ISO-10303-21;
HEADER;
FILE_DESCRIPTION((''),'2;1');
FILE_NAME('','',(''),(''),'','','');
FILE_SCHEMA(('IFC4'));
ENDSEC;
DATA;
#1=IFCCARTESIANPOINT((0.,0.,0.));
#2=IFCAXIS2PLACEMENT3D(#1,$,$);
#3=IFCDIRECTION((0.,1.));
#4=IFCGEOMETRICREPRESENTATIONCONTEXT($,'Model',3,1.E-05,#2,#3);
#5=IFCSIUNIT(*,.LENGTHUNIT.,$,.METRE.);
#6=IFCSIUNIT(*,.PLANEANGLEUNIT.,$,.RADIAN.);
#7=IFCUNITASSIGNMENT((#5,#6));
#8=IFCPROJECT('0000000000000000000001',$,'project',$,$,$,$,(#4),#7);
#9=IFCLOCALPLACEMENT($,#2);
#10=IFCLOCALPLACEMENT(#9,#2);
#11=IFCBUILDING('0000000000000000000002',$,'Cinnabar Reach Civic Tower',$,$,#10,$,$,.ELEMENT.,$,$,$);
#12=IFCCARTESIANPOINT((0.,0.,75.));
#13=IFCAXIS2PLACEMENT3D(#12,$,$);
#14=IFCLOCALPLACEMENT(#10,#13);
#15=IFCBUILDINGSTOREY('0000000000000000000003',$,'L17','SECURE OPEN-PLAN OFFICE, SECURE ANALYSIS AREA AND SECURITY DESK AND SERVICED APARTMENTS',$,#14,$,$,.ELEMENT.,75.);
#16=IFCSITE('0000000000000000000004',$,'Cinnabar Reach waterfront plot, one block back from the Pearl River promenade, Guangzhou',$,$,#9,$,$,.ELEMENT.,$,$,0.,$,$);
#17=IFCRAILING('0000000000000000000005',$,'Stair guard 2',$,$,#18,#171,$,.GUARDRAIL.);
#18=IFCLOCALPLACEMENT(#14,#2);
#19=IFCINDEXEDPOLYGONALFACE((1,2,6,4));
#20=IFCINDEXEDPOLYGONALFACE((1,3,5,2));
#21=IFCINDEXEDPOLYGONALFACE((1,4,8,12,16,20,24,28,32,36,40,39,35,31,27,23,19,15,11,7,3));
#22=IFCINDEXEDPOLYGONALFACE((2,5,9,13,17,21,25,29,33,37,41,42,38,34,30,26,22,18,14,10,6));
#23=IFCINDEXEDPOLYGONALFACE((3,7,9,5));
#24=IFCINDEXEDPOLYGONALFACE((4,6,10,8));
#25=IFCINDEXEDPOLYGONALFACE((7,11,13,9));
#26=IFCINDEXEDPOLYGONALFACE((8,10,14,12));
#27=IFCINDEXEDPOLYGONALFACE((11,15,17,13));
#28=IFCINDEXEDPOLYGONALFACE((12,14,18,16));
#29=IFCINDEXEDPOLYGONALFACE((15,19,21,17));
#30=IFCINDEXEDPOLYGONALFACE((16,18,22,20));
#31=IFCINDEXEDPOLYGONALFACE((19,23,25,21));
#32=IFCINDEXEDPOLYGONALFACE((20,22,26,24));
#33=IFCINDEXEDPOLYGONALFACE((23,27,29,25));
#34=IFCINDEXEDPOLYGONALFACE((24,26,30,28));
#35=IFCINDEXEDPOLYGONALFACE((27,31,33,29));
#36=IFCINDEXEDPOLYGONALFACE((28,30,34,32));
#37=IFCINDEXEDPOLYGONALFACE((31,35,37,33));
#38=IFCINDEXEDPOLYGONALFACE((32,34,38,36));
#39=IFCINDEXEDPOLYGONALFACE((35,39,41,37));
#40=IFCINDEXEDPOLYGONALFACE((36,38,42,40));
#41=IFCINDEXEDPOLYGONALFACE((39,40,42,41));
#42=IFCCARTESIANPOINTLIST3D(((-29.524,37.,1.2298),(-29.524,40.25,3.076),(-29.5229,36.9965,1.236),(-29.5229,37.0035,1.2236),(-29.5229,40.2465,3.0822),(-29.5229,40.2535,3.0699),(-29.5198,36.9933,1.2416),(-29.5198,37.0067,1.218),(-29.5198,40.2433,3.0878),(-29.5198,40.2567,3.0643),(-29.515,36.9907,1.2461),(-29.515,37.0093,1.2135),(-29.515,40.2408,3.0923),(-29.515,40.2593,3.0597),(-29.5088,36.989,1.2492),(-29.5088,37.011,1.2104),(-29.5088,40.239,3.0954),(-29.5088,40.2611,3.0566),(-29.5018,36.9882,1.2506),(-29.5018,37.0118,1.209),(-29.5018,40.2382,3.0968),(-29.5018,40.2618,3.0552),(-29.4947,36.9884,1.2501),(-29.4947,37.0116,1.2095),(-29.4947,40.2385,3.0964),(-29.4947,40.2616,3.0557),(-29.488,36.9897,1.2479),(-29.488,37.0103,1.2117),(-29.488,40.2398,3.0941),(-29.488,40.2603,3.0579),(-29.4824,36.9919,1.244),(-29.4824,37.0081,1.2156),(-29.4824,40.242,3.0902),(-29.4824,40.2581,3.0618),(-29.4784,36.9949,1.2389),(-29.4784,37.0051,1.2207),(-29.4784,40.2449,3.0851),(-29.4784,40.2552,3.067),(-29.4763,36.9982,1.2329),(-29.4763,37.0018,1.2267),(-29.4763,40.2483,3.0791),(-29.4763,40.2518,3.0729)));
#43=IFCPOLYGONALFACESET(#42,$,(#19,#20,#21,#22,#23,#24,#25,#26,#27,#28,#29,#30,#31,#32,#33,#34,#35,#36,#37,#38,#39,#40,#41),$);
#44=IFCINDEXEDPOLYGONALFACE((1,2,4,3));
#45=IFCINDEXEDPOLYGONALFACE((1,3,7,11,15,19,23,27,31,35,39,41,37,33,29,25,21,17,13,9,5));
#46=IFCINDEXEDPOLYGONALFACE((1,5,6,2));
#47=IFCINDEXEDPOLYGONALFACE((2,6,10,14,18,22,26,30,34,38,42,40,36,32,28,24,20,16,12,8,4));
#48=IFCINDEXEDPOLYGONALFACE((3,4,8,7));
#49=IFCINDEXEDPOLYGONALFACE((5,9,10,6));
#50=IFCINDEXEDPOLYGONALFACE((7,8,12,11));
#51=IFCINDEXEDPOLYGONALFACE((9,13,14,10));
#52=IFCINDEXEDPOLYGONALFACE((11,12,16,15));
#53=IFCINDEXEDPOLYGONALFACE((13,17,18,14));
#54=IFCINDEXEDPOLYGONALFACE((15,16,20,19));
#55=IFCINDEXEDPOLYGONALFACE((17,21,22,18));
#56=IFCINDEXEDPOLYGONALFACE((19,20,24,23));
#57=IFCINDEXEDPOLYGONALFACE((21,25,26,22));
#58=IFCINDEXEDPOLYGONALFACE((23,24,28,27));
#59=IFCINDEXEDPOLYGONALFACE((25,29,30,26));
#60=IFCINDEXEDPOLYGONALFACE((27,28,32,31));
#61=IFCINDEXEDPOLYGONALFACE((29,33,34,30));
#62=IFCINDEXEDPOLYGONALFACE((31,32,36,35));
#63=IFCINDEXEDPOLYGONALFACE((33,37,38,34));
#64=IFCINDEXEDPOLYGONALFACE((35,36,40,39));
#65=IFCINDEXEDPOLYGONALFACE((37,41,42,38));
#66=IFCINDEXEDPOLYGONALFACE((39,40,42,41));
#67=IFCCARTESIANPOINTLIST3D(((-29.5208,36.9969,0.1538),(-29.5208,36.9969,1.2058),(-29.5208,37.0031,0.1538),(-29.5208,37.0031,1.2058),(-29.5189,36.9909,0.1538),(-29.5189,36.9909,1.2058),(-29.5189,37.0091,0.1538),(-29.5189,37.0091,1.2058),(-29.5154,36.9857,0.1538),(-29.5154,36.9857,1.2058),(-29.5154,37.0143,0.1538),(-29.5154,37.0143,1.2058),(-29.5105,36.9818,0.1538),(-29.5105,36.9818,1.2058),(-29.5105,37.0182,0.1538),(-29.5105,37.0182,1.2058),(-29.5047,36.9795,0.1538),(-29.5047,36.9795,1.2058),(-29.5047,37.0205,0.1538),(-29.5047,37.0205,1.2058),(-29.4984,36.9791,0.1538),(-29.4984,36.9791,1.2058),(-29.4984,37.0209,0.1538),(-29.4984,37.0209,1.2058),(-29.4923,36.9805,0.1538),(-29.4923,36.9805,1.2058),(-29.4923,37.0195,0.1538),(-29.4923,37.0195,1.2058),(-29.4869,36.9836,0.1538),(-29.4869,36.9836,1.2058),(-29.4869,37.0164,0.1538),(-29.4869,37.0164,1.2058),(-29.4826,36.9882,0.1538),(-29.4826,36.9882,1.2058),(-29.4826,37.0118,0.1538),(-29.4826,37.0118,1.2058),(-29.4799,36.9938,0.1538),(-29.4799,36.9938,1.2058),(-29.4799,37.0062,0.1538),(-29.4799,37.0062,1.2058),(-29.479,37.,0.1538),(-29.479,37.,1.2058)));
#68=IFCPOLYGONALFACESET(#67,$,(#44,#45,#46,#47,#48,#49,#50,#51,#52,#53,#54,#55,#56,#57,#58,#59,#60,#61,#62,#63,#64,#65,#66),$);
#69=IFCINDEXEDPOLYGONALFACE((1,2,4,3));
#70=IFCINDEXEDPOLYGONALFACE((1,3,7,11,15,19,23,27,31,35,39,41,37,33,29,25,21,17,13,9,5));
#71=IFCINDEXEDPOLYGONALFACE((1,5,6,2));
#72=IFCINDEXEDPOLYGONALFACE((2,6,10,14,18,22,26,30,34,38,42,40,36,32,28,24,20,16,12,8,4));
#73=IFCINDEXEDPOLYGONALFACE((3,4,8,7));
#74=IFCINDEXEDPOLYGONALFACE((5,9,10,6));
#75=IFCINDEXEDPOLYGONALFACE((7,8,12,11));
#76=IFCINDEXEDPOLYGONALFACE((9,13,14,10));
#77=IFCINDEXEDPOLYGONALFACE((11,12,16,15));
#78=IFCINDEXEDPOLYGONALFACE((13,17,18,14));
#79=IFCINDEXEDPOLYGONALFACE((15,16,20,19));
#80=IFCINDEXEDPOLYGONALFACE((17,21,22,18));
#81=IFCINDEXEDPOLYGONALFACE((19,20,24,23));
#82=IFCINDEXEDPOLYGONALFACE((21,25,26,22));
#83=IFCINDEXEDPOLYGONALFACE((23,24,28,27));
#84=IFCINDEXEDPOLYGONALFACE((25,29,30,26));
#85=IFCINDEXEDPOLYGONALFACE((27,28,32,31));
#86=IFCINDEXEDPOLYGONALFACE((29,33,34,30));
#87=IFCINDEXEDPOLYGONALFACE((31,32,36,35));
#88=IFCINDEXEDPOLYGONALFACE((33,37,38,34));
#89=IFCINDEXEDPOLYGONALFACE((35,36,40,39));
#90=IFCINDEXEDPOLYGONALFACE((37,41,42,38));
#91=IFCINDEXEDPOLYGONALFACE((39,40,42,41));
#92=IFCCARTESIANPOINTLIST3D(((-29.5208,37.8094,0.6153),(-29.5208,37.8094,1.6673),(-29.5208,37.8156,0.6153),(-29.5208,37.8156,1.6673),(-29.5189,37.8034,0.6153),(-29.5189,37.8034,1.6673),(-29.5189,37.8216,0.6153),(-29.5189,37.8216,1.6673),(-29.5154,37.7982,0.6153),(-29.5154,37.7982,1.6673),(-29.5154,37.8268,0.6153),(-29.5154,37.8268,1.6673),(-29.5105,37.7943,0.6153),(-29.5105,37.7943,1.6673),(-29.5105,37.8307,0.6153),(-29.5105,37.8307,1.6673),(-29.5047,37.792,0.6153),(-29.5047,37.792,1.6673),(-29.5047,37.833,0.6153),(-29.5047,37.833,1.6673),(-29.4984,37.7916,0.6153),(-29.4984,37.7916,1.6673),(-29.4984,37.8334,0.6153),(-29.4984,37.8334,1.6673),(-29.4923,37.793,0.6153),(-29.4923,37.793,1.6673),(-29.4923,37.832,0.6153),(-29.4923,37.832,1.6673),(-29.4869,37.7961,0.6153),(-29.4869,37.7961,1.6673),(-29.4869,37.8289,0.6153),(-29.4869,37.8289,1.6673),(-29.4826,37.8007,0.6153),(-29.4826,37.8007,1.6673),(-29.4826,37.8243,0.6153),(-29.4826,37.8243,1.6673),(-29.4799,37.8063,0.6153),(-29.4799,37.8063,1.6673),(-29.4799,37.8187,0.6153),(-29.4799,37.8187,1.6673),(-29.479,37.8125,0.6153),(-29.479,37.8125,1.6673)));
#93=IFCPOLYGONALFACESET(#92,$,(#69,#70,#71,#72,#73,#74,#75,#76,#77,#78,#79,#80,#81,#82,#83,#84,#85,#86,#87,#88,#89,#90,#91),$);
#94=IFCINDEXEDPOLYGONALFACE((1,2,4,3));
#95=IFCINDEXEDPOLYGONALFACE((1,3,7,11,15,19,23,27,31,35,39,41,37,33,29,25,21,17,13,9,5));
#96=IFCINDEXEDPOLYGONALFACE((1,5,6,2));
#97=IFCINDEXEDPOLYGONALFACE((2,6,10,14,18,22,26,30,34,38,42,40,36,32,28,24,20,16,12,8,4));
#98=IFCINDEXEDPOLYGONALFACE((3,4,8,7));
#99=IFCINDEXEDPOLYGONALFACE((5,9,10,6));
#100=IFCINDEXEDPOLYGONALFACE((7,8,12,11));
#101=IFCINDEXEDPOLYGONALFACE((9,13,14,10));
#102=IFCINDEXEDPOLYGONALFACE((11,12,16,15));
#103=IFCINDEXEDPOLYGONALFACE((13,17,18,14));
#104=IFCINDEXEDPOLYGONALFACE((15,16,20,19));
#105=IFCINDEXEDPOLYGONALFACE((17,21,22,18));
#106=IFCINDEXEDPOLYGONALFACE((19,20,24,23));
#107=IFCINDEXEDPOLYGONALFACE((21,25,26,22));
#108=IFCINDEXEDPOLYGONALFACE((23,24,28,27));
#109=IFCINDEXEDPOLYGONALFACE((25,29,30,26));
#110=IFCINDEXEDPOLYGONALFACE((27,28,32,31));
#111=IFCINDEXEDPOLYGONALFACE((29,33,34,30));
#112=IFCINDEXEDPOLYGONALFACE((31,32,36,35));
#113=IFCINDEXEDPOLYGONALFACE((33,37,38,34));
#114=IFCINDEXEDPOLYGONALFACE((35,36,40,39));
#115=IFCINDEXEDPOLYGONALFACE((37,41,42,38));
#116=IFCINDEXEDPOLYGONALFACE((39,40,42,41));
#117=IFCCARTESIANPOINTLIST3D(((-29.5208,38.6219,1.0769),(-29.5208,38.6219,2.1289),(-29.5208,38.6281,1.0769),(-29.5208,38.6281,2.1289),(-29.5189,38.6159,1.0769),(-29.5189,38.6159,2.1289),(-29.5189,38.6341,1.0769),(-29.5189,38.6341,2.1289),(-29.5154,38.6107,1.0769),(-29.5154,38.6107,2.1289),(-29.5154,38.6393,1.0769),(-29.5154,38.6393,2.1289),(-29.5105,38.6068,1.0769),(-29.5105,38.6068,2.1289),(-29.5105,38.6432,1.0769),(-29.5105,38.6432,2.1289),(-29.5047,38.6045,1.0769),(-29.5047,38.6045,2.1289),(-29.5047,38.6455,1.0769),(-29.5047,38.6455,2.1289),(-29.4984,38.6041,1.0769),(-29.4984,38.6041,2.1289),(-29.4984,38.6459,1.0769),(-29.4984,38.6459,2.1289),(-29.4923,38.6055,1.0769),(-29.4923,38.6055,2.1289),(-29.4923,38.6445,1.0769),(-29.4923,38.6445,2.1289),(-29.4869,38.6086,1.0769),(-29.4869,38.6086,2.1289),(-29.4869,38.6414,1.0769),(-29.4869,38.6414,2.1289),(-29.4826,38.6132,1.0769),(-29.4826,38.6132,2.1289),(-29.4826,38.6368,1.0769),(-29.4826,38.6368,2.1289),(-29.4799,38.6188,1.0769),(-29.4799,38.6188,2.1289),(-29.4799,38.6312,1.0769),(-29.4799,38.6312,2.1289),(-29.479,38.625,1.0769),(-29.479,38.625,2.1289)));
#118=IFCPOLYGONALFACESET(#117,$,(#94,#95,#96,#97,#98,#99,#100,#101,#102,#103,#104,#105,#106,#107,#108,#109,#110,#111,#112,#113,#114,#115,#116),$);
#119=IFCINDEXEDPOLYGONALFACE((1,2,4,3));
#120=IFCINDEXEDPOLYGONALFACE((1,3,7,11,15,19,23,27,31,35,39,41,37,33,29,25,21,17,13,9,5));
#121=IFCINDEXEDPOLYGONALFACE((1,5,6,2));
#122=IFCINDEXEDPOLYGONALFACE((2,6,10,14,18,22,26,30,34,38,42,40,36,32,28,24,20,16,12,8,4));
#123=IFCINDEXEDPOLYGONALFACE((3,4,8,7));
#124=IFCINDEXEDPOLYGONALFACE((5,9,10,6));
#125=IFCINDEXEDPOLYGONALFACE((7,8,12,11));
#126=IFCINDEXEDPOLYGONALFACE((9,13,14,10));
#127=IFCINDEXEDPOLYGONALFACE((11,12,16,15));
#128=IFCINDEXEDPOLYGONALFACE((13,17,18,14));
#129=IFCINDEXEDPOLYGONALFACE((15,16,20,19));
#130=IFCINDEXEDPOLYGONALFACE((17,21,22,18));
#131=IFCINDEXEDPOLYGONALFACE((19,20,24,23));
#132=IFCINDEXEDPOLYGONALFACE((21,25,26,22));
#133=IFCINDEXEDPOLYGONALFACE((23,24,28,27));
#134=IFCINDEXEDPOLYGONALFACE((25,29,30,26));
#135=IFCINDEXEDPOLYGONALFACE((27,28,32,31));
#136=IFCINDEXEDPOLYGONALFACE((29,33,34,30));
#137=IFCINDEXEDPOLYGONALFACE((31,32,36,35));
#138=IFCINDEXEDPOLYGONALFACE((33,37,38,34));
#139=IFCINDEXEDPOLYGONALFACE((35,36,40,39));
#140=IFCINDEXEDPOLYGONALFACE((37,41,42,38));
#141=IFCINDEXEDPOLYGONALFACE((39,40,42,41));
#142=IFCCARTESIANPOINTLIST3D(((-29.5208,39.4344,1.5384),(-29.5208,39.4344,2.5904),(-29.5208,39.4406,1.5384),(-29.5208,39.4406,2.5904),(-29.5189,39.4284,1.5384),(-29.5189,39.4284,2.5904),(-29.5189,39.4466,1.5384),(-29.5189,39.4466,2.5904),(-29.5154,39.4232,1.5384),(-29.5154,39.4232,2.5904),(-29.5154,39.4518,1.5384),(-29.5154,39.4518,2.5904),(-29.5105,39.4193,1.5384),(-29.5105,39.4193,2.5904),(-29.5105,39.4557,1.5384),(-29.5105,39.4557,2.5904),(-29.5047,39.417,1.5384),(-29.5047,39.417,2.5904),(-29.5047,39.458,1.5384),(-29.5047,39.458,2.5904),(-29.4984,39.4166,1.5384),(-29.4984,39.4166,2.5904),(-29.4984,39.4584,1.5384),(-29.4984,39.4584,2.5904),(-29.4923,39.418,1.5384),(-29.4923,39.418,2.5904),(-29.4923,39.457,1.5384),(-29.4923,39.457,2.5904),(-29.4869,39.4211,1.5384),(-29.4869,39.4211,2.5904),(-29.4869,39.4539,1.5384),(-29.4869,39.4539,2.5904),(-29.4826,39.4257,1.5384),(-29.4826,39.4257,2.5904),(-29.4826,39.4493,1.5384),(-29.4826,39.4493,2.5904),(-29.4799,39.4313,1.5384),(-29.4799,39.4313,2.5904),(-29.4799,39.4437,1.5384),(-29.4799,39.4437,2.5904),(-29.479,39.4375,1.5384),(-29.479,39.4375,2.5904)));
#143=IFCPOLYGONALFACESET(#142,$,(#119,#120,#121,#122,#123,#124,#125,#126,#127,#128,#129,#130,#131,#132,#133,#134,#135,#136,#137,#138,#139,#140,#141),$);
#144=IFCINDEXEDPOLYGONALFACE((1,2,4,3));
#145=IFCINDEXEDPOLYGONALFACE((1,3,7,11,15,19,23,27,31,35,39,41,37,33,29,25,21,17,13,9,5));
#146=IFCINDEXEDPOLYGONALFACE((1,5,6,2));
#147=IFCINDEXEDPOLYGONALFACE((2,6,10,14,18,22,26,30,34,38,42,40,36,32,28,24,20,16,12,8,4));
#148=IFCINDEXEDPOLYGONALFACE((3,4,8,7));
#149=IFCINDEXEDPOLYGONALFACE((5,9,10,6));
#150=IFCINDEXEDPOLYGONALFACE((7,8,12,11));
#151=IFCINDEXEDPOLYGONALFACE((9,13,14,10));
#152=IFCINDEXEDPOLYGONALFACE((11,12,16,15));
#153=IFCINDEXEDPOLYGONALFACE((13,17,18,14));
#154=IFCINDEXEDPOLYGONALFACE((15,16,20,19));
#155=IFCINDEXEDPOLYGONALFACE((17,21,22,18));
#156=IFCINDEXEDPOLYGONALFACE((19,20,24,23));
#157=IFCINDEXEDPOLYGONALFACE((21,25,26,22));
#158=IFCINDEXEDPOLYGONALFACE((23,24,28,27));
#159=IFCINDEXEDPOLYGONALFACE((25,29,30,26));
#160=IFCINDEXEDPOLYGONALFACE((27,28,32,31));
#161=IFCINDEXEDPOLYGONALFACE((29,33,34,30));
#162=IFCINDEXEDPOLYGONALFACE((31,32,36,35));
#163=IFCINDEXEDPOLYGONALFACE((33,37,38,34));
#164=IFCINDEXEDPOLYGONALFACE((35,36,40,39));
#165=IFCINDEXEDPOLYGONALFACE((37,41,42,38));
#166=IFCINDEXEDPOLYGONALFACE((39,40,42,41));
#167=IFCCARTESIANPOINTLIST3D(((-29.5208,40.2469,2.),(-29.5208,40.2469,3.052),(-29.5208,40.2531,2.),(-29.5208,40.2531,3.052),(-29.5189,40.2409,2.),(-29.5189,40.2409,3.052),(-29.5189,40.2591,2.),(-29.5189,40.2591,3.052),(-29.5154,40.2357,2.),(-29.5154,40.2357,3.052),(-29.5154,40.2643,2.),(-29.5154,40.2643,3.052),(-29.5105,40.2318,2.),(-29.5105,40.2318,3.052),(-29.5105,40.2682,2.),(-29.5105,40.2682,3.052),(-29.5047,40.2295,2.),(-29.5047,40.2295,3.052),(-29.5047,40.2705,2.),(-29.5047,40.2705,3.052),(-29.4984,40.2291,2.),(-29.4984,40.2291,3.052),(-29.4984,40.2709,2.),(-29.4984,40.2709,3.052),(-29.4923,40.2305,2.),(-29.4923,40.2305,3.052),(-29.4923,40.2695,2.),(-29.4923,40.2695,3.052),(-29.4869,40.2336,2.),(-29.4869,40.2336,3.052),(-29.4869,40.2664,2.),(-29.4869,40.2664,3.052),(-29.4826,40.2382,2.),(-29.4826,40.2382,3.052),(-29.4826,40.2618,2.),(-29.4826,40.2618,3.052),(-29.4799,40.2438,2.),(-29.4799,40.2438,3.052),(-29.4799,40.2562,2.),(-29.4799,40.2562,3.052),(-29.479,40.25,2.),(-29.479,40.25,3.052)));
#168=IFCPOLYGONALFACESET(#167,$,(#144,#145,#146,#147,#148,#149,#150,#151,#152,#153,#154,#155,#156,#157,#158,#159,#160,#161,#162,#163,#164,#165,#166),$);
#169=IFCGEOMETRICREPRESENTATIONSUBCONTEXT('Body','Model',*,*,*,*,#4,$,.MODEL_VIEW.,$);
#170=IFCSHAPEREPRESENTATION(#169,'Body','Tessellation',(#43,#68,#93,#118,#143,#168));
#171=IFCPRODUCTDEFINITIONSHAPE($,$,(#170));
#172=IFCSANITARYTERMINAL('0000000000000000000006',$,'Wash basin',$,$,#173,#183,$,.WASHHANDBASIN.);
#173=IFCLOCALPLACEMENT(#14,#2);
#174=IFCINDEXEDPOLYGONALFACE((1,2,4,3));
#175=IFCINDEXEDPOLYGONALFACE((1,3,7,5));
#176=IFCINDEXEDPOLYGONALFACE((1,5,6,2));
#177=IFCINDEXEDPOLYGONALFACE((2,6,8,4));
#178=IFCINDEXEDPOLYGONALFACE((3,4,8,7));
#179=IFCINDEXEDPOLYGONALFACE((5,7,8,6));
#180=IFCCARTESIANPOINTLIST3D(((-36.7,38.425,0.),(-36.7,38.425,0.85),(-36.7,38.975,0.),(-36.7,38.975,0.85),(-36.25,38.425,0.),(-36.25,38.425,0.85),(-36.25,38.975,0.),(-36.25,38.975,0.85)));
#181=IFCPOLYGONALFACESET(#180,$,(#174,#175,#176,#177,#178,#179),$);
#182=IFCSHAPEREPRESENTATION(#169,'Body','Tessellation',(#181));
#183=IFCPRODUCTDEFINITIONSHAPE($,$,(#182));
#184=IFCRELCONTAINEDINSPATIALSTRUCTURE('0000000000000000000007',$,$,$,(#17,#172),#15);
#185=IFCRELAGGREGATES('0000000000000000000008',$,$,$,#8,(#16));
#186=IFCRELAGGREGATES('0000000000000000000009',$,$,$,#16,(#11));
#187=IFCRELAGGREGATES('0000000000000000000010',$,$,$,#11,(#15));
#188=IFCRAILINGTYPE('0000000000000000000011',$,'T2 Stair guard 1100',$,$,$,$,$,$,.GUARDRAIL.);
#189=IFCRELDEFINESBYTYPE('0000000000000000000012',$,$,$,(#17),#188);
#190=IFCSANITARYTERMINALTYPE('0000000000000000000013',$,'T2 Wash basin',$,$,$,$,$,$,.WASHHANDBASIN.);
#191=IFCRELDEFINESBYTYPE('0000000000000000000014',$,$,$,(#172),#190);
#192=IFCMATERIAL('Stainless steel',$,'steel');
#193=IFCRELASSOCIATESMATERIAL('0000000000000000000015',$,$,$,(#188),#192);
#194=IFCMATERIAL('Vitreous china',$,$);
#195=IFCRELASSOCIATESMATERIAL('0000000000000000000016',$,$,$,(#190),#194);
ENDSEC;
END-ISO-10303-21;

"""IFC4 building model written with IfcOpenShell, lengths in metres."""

from ifc_helpers import new_model, si_unit, direction, frame, origin, origin_2d, place, context, subcontext, project, spatial, rectangle, circle, extrude, material, type_object, element, save


model = new_model("IFC4")

# Units and contexts
model_context = context("Model", 3, precision=1e-05, world=origin(), true_north=direction((0.0, 1.0)))
body_context = subcontext(model_context, "Body", "Model", "MODEL_VIEW")
ifc_project = project(units=[si_unit("LENGTHUNIT", "METRE"), si_unit("PLANEANGLEUNIT", "RADIAN")], contexts=[model_context])

# Site, building, storey
site_placement = place(None, origin())
site = spatial("IfcSite", under=ifc_project, at=site_placement, Name="Cinnabar Reach waterfront plot, one block back from the Pearl River promenade, Guangzhou", CompositionType="ELEMENT", RefElevation=0.0)
building_placement = place(site_placement, origin())
building = spatial("IfcBuilding", under=site, at=building_placement, Name="Cinnabar Reach Civic Tower", CompositionType="ELEMENT")
storey_placement = place(building_placement, frame((0.0, 0.0, 75.0)))
storey = spatial("IfcBuildingStorey", under=building, at=storey_placement, Name="L17", Description="SECURE OPEN-PLAN OFFICE, SECURE ANALYSIS AREA AND SECURITY DESK AND SERVICED APARTMENTS", CompositionType="ELEMENT", Elevation=75.0)

# Railing
ifc_material_1 = material(Name="Stainless steel", Category="steel")
railing_type = type_object("IfcRailingType", Name="T2 Stair guard 1100", PredefinedType="GUARDRAIL", material=ifc_material_1)
railing_1_placement = place(storey_placement, frame((-29.5, 37.0, 0.1538)))
element("IfcRailing", 1, at=railing_1_placement, inside=storey, type_object=railing_type, Name="Stair guard 2", PredefinedType="GUARDRAIL", context=body_context, shape_type="SweptSolid", body=[
    extrude(circle(Radius=0.024, at=origin_2d()), frame((0.0, 0.0, 1.076), z_axis=(0.0, 0.869501, 0.49393), x_axis=(-1.0, 0.0, 0.0)), (0.0, 0.0, 1.0), 3.7378),
    extrude(circle(Radius=0.021, at=origin_2d()), origin(), (0.0, 0.0, 1.0), 1.052),
    extrude(circle(Radius=0.021, at=origin_2d()), frame((0.0, 0.8125, 0.4615)), (0.0, 0.0, 1.0), 1.052),
    extrude(circle(Radius=0.021, at=origin_2d()), frame((0.0, 1.625, 0.9231)), (0.0, 0.0, 1.0), 1.052),
    extrude(circle(Radius=0.021, at=origin_2d()), frame((0.0, 2.4375, 1.3846)), (0.0, 0.0, 1.0), 1.052),
    extrude(circle(Radius=0.021, at=origin_2d()), frame((0.0, 3.25, 1.8462)), (0.0, 0.0, 1.0), 1.052),
])

# Sanitary terminal
ifc_material_2 = material(Name="Vitreous china")
sanitary_terminal_type = type_object("IfcSanitaryTerminalType", Name="T2 Wash basin", PredefinedType="WASHHANDBASIN", material=ifc_material_2)
sanitary_terminal_placement = place(storey_placement, frame((-36.475, 38.7, 0.0), z_axis=(0.0, 0.0, 1.0), x_axis=(1.0, 0.0, 0.0)))
element("IfcSanitaryTerminal", 2, at=sanitary_terminal_placement, inside=storey, type_object=sanitary_terminal_type, Name="Wash basin", PredefinedType="WASHHANDBASIN", context=body_context, shape_type="SweptSolid", body=[
    extrude(rectangle(XDim=0.45, YDim=0.55, at=origin_2d()), origin(), (0.0, 0.0, 1.0), 0.85),
])

save(model, "model.ifc")
